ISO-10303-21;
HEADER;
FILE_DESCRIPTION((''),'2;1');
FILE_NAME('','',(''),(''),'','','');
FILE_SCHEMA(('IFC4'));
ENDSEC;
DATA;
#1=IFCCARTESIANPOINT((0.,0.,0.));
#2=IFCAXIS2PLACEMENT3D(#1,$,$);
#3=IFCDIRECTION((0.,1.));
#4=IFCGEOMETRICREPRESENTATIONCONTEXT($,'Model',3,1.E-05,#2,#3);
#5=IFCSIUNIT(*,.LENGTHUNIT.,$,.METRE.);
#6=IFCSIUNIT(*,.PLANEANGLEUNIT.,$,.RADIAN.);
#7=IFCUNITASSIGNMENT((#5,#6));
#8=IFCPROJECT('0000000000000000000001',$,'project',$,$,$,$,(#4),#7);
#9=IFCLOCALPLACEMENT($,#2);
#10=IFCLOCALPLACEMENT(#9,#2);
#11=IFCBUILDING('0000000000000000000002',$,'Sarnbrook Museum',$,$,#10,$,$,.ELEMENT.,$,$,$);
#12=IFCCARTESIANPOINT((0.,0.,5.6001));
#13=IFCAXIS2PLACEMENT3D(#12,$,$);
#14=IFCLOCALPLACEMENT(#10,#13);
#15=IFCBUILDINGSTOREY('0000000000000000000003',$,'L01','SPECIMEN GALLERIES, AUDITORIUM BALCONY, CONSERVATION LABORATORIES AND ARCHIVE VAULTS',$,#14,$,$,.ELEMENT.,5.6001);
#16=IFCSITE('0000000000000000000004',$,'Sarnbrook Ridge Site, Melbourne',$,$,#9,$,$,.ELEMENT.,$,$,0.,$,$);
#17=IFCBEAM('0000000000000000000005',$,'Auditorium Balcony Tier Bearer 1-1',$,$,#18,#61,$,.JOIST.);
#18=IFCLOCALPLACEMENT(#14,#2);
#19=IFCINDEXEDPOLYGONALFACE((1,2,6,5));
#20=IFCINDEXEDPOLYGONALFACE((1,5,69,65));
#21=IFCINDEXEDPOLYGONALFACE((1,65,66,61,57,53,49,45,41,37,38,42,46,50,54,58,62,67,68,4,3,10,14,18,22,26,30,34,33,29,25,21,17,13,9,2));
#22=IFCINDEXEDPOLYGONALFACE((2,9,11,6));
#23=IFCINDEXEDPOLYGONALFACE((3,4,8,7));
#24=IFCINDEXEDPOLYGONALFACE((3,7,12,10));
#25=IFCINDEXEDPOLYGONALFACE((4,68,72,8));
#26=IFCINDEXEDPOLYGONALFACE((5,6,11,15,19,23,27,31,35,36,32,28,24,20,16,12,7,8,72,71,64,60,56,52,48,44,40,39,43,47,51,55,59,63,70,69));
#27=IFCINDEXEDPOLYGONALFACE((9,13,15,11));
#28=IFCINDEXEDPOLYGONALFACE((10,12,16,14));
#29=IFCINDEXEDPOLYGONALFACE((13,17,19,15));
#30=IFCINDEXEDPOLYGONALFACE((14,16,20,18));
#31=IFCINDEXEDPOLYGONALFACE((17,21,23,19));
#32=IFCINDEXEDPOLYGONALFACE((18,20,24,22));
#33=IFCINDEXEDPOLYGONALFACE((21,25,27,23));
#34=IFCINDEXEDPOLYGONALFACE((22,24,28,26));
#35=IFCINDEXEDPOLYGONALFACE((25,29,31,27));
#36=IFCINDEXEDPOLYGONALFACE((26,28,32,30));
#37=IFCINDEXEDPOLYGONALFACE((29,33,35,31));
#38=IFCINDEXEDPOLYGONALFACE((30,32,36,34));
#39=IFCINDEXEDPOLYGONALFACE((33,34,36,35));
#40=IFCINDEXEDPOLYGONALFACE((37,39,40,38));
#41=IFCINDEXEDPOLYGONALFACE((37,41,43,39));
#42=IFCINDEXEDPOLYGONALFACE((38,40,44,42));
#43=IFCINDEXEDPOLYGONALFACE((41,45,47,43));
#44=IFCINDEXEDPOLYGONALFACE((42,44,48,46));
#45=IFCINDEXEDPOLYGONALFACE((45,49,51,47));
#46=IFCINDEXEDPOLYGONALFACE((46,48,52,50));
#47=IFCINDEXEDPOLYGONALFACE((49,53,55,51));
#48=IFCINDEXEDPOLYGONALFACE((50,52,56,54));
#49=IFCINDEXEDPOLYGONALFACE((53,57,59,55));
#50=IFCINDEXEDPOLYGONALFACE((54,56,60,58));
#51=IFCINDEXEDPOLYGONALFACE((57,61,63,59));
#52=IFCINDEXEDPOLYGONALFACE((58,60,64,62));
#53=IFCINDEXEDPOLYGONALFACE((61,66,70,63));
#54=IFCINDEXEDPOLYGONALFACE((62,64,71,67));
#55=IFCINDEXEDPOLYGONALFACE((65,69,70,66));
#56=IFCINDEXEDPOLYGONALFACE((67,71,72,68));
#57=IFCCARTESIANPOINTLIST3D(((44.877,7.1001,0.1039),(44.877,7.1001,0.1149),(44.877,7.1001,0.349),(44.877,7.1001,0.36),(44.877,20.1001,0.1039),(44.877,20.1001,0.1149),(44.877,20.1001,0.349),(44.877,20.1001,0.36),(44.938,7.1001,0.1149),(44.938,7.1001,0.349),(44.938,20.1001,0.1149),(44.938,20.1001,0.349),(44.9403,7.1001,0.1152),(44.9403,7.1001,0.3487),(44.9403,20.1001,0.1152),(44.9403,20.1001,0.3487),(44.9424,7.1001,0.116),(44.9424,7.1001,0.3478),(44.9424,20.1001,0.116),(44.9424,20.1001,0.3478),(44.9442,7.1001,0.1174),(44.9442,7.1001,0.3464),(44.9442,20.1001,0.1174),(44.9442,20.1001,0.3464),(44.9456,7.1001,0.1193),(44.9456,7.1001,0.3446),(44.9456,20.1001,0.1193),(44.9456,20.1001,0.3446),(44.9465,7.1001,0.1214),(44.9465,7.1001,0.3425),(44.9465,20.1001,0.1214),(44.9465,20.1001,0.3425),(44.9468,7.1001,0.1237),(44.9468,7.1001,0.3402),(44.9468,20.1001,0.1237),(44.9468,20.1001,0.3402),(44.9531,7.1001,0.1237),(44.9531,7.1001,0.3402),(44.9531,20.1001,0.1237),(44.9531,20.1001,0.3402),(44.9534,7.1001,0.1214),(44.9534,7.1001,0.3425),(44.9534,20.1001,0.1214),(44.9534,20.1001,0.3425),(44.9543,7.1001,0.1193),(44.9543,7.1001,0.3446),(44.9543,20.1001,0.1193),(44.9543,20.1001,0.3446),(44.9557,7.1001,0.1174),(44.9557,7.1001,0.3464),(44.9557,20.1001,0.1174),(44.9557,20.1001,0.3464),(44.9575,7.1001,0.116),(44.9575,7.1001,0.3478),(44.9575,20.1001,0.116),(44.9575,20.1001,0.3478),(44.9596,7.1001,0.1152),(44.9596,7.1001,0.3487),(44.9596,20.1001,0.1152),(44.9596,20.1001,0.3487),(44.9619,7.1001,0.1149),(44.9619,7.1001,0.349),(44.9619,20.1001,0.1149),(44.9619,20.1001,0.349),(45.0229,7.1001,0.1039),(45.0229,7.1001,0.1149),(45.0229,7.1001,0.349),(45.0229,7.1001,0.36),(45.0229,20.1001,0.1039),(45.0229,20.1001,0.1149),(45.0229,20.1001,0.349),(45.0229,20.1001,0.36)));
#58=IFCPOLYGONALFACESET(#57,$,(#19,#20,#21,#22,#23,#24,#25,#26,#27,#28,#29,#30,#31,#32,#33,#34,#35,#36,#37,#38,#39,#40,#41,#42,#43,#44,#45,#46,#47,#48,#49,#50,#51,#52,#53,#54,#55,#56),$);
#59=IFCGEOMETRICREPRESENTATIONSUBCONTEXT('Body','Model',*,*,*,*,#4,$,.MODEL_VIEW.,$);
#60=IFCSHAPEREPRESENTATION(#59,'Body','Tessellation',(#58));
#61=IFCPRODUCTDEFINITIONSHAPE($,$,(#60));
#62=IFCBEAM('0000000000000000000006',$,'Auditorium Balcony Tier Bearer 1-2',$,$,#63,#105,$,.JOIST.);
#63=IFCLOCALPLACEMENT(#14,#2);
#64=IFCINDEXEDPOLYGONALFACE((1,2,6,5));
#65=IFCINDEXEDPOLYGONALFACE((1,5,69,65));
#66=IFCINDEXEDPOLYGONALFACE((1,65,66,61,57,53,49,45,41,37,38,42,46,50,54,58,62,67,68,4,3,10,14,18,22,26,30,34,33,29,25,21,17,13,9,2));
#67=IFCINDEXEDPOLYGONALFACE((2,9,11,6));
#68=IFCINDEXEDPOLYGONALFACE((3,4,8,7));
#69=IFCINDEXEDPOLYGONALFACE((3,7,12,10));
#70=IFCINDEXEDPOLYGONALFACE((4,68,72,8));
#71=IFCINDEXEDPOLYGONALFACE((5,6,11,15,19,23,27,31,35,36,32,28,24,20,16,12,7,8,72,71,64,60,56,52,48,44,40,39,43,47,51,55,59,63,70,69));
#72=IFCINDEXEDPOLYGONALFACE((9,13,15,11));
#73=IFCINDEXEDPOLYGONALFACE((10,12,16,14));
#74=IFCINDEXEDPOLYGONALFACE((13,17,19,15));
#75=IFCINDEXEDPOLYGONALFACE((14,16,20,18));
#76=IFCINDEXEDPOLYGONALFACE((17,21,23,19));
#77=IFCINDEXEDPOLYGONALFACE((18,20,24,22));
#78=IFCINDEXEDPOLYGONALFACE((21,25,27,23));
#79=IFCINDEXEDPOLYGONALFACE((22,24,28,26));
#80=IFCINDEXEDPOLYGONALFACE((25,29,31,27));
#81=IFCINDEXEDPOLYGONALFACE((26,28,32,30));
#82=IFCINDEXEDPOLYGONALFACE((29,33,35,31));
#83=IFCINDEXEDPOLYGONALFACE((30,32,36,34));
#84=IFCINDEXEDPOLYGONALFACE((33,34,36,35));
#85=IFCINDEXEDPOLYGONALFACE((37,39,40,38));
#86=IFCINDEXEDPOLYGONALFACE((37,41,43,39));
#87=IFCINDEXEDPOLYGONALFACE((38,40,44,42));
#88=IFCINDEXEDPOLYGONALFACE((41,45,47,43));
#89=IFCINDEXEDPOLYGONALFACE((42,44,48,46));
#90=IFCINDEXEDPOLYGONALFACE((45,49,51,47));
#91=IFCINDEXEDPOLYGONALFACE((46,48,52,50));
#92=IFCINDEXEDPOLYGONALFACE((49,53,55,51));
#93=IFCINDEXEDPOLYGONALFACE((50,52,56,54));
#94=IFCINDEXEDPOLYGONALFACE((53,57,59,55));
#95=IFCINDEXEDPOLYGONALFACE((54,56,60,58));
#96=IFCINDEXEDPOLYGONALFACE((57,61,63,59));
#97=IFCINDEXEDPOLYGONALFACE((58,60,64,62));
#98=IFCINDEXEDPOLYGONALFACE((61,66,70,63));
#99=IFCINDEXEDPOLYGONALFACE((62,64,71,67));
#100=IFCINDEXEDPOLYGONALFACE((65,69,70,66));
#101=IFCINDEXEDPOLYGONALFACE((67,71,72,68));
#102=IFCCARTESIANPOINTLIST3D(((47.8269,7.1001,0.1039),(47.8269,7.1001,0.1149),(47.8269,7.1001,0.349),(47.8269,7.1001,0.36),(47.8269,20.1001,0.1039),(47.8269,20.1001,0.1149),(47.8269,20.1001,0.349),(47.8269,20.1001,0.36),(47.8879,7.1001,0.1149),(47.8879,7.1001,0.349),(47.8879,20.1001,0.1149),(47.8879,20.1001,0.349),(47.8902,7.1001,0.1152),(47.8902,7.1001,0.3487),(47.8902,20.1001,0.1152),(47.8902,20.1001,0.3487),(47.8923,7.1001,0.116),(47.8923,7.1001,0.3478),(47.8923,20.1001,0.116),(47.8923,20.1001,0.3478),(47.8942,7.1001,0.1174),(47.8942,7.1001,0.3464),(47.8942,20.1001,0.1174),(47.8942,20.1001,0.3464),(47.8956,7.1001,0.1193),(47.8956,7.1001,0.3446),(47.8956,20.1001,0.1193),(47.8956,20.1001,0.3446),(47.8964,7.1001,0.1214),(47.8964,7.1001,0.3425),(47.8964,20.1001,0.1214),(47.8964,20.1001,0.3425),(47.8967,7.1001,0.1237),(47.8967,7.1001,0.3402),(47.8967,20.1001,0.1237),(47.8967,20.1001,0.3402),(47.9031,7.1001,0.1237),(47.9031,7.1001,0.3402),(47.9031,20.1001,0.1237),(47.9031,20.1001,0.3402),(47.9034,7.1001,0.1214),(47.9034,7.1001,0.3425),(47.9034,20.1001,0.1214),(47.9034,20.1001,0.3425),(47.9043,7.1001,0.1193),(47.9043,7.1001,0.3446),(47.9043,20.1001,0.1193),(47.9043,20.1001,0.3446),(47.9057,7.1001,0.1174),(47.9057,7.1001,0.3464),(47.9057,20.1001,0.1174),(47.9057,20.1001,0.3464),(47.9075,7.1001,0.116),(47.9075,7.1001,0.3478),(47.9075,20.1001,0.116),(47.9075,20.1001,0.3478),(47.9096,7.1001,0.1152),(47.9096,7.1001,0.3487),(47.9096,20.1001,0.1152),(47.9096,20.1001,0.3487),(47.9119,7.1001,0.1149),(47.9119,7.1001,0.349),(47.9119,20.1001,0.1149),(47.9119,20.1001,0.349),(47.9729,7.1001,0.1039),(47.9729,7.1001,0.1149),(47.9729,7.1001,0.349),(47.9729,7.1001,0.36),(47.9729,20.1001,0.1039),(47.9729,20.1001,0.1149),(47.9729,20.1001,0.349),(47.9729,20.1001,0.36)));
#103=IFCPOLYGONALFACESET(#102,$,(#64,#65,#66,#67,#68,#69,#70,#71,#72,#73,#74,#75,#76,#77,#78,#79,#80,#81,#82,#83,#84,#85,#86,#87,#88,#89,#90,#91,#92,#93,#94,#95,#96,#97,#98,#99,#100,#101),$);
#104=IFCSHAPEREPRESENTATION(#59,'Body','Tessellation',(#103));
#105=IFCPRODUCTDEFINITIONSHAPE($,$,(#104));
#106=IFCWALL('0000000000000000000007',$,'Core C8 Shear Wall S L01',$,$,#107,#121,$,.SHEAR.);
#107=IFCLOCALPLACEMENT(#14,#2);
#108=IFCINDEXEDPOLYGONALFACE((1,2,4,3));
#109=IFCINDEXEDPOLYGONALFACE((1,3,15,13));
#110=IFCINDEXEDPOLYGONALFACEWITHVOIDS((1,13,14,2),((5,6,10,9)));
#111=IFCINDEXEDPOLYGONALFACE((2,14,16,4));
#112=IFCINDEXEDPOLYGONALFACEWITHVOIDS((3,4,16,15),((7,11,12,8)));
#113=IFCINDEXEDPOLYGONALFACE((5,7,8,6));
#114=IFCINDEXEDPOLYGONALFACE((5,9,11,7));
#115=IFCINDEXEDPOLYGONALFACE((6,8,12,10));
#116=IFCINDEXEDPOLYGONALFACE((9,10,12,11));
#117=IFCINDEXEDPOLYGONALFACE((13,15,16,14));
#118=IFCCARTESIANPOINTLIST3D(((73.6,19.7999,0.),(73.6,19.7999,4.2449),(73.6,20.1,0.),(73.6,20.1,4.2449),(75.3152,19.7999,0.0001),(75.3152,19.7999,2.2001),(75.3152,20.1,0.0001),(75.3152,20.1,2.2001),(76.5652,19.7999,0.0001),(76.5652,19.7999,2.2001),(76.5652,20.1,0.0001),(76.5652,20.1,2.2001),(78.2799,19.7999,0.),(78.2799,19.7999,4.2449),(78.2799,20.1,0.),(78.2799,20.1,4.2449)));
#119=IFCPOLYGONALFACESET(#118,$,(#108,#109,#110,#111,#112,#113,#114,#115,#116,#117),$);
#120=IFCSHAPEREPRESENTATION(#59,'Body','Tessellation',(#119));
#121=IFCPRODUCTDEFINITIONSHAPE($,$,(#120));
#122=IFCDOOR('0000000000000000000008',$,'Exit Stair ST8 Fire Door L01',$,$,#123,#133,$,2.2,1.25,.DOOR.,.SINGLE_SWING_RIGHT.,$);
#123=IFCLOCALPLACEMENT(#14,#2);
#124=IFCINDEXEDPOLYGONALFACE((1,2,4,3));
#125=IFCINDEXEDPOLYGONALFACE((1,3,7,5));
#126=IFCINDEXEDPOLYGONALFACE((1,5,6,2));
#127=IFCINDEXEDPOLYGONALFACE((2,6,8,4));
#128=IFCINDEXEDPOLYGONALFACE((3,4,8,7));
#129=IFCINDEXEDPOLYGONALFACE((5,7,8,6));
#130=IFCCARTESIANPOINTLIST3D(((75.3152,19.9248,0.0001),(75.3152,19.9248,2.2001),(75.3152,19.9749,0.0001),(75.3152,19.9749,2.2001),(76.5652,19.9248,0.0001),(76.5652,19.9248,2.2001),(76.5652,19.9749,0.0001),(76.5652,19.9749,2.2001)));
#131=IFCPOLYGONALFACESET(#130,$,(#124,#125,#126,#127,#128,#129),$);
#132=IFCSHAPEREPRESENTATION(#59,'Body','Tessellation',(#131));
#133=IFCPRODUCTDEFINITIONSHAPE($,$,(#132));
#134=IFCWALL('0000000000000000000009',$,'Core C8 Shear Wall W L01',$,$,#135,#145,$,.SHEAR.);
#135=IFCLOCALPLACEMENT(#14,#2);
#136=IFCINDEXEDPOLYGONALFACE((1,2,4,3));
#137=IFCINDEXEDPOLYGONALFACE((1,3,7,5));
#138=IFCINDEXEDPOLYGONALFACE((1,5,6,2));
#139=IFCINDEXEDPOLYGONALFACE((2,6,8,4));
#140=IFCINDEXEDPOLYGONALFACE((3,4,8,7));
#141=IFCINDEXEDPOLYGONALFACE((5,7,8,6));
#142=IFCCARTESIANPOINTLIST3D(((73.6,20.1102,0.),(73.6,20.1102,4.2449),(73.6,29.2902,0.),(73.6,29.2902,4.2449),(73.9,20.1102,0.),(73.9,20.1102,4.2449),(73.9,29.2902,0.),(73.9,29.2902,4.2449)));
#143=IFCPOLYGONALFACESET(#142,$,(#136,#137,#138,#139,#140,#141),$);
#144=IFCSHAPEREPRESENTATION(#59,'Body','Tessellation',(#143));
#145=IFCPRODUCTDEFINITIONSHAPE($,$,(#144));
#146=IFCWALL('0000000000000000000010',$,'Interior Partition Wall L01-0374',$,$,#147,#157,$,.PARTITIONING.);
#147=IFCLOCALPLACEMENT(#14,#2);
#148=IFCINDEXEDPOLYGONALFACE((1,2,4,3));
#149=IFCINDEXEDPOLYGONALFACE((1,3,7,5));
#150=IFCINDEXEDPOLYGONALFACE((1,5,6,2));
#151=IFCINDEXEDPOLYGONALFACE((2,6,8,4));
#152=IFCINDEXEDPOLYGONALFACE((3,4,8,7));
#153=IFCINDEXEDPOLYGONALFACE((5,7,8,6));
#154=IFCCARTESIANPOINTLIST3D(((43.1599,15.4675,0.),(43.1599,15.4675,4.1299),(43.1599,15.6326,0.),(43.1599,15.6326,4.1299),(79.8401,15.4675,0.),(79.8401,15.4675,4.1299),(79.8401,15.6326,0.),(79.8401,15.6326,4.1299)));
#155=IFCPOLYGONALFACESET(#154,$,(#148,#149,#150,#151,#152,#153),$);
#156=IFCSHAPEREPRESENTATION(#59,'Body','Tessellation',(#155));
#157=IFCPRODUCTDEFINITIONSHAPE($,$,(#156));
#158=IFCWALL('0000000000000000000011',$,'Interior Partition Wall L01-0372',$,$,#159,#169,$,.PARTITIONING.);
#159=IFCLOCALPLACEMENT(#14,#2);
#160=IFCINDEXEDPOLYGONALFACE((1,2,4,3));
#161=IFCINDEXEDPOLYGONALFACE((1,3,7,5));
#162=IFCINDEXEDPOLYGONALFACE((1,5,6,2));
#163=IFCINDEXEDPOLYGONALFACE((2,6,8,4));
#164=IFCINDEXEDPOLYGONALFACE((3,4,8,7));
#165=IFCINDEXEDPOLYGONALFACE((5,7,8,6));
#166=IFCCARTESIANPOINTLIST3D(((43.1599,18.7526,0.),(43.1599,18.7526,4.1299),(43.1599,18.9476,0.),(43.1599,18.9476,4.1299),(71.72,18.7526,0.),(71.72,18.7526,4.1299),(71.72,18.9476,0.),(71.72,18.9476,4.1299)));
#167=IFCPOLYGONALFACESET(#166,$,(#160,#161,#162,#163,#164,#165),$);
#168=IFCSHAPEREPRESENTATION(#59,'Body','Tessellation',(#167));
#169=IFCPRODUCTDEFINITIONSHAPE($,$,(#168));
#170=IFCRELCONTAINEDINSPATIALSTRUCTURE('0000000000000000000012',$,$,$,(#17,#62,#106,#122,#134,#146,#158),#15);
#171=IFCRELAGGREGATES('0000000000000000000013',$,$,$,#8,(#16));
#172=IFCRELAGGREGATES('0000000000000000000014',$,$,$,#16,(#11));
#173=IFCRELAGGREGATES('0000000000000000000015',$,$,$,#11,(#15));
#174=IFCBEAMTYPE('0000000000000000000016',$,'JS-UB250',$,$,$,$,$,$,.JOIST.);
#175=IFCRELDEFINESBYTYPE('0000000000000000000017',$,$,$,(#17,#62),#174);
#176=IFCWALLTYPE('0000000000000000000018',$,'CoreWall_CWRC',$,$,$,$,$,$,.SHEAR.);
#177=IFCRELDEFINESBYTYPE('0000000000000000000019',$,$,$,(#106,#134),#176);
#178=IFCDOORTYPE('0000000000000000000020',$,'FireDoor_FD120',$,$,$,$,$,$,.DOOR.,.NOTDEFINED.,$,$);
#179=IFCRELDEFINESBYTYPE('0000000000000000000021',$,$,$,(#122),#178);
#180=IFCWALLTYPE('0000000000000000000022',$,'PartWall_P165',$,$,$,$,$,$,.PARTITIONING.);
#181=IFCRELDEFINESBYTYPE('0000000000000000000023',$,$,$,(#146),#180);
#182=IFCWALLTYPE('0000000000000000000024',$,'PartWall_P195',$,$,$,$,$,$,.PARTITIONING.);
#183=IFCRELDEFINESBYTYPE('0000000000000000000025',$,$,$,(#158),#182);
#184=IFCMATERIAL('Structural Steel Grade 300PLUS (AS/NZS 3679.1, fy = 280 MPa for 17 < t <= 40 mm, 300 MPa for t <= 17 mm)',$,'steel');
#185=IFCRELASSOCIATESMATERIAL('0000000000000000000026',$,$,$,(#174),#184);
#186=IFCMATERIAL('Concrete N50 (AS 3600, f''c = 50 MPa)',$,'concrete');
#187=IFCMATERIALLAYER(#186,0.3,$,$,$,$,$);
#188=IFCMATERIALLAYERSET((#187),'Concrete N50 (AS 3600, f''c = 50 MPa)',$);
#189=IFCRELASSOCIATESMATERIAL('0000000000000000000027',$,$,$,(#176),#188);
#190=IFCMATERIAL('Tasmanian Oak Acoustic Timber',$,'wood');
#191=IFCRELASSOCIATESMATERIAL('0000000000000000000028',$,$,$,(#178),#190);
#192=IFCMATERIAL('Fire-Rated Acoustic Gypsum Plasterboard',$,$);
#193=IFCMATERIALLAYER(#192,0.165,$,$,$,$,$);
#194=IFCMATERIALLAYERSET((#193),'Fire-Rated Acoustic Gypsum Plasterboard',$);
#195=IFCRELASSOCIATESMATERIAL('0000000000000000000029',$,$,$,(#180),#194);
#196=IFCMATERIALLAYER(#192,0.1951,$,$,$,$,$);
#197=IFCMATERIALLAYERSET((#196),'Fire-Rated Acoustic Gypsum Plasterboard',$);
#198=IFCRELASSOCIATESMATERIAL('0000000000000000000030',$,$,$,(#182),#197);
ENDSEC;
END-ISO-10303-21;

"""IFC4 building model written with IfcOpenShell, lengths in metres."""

from ifc_helpers import new_model, si_unit, direction, frame, frame_2d, origin, origin_2d, place, context, subcontext, project, spatial, rectangle, i_section, extrude, material, layer, layer_set, material_profile, profile_set, type_object, element, fill, save


model = new_model("IFC4")

# Units and contexts
model_context = context("Model", 3, precision=1e-05, world=origin(), true_north=direction((0.0, 1.0)))
body_context = subcontext(model_context, "Body", "Model", "MODEL_VIEW")
ifc_project = project(units=[si_unit("LENGTHUNIT", "METRE"), si_unit("PLANEANGLEUNIT", "RADIAN")], contexts=[model_context])

# Site, building, storey
site_placement = place(None, origin())
site = spatial("IfcSite", under=ifc_project, at=site_placement, Name="Sarnbrook Ridge Site, Melbourne", CompositionType="ELEMENT", RefElevation=0.0)
building_placement = place(site_placement, origin())
building = spatial("IfcBuilding", under=site, at=building_placement, Name="Sarnbrook Museum", CompositionType="ELEMENT")
storey_placement = place(building_placement, frame((0.0, 0.0, 5.6001)))
storey = spatial("IfcBuildingStorey", under=building, at=storey_placement, Name="L01", Description="SPECIMEN GALLERIES, AUDITORIUM BALCONY, CONSERVATION LABORATORIES AND ARCHIVE VAULTS", CompositionType="ELEMENT", Elevation=5.6001)

# Shared definitions
ifc_material_1 = material(Name="Structural Steel Grade 300PLUS (AS/NZS 3679.1, fy = 280 MPa for 17 < t <= 40 mm, 300 MPa for t <= 17 mm)", Category="steel")

# Beams
ifc_material_profile_1 = material_profile(ifc_material_1, i_section(OverallWidth=0.146, OverallDepth=0.2561, WebThickness=0.0063, FlangeThickness=0.011, FilletRadius=0.0088, at=origin_2d()), Name="250UB37.3")
ifc_profile_set_1 = profile_set([ifc_material_profile_1], Name="Structural Steel Grade 300PLUS (AS/NZS 3679.1, fy = 280 MPa for 17 < t <= 40 mm, 300 MPa for t <= 17 mm)")
beam_type_1 = type_object("IfcBeamType", Name="JS-UB250", PredefinedType="JOIST", material=ifc_profile_set_1)
for number, where, z_axis, x_axis, name in (
    (1, (44.95, 7.1001, 0.2319), (0.0, 1.0, 0.0), (-1.0, 0.0, 0.0), "Auditorium Balcony Tier Bearer 1-1"),
    (2, (47.8999, 7.1001, 0.2319), (0.0, 1.0, 0.0), (-1.0, 0.0, 0.0), "Auditorium Balcony Tier Bearer 1-2"),
):
    element("IfcBeam", number, at=place(storey_placement, frame(where, z_axis=z_axis, x_axis=x_axis)), inside=storey, type_object=beam_type_1, Name=name, PredefinedType="JOIST", context=body_context, shape_type="SweptSolid", body=[
        extrude(i_section(OverallWidth=0.146, OverallDepth=0.2561, WebThickness=0.0063, FlangeThickness=0.011, FilletRadius=0.0088, at=origin_2d()), origin(), (0.0, 0.0, 1.0), 13.0),
    ])

# Wall, opening, door
ifc_material_2 = material(Name="Concrete N50 (AS 3600, f'c = 50 MPa)", Category="concrete")
ifc_layer_1 = layer(ifc_material_2, 0.3)
ifc_layer_set_1 = layer_set([ifc_layer_1], Name="Concrete N50 (AS 3600, f'c = 50 MPa)")
wall_type_1 = type_object("IfcWallType", Name="CoreWall_CWRC", PredefinedType="SHEAR", material=ifc_layer_set_1)
wall_1_placement = place(storey_placement, frame((73.6001, 19.95, 0.0), z_axis=(0.0, 0.0, 1.0), x_axis=(1.0, 0.0, 0.0)))
wall_1 = element("IfcWall", 3, at=wall_1_placement, inside=storey, type_object=wall_type_1, Name="Core C8 Shear Wall S L01", PredefinedType="SHEAR", context=body_context, shape_type="SweptSolid", body=[
    extrude(rectangle(XDim=4.6799, YDim=0.3, at=frame_2d((2.3398, 0.0))), origin(), (0.0, 0.0, 1.0), 4.2449),
])
opening_placement = place(wall_1_placement, frame((1.7151, 0.0, 0.0)))
opening = element("IfcOpeningElement", 4, at=opening_placement, cuts=wall_1, PredefinedType="OPENING", context=body_context, shape_type="SweptSolid", body=[
    extrude(rectangle(XDim=1.25, YDim=2.2, at=frame_2d((0.625, 1.1001))), frame((0.0, 0.1602, 0.0), z_axis=(0.0, -1.0, 0.0), x_axis=(1.0, 0.0, 0.0)), (0.0, 0.0, 1.0), 0.3201),
])
ifc_material_3 = material(Name="Tasmanian Oak Acoustic Timber", Category="wood")
door_type = type_object("IfcDoorType", Name="FireDoor_FD120", OperationType="NOTDEFINED", PredefinedType="DOOR", material=ifc_material_3)
door_placement = place(opening_placement, origin())
door = element("IfcDoor", 5, at=door_placement, inside=storey, type_object=door_type, Name="Exit Stair ST8 Fire Door L01", OperationType="SINGLE_SWING_RIGHT", OverallHeight=2.2, OverallWidth=1.25, PredefinedType="DOOR", context=body_context, shape_type="SweptSolid", body=[
    extrude(rectangle(XDim=1.25, YDim=2.2, at=frame_2d((0.625, 1.1001))), frame((0.0, 0.0249, 0.0), z_axis=(0.0, -1.0, 0.0), x_axis=(1.0, 0.0, 0.0)), (0.0, 0.0, 1.0), 0.05),
])
fill(opening, door)

# Walls
wall_2_placement = place(storey_placement, frame((73.75, 29.29, 0.0), z_axis=(0.0, 0.0, 1.0), x_axis=(0.0, -1.0, 0.0)))
element("IfcWall", 6, at=wall_2_placement, inside=storey, type_object=wall_type_1, Name="Core C8 Shear Wall W L01", PredefinedType="SHEAR", context=body_context, shape_type="SweptSolid", body=[
    extrude(rectangle(XDim=9.1799, YDim=0.3, at=frame_2d((4.5898, 0.0))), origin(), (0.0, 0.0, 1.0), 4.2449),
])
ifc_material_4 = material(Name="Fire-Rated Acoustic Gypsum Plasterboard")
ifc_layer_2 = layer(ifc_material_4, 0.165)
ifc_layer_set_2 = layer_set([ifc_layer_2], Name="Fire-Rated Acoustic Gypsum Plasterboard")
wall_type_2 = type_object("IfcWallType", Name="PartWall_P165", PredefinedType="PARTITIONING", material=ifc_layer_set_2)
wall_3_placement = place(storey_placement, frame((43.1599, 15.55, 0.0), z_axis=(0.0, 0.0, 1.0), x_axis=(1.0, 0.0, 0.0)))
element("IfcWall", 7, at=wall_3_placement, inside=storey, type_object=wall_type_2, Name="Interior Partition Wall L01-0374", PredefinedType="PARTITIONING", context=body_context, shape_type="SweptSolid", body=[
    extrude(rectangle(XDim=36.6802, YDim=0.165, at=frame_2d((18.3401, 0.0))), origin(), (0.0, 0.0, 1.0), 4.1299),
])
ifc_layer_3 = layer(ifc_material_4, 0.1951)
ifc_layer_set_3 = layer_set([ifc_layer_3], Name="Fire-Rated Acoustic Gypsum Plasterboard")
wall_type_3 = type_object("IfcWallType", Name="PartWall_P195", PredefinedType="PARTITIONING", material=ifc_layer_set_3)
wall_4_placement = place(storey_placement, frame((71.72, 18.8501, 0.0), z_axis=(0.0, 0.0, 1.0), x_axis=(-1.0, 0.0, 0.0)))
element("IfcWall", 8, at=wall_4_placement, inside=storey, type_object=wall_type_3, Name="Interior Partition Wall L01-0372", PredefinedType="PARTITIONING", context=body_context, shape_type="SweptSolid", body=[
    extrude(rectangle(XDim=28.5601, YDim=0.1951, at=frame_2d((14.28, 0.0))), origin(), (0.0, 0.0, 1.0), 4.1299),
])

save(model, "model.ifc")
